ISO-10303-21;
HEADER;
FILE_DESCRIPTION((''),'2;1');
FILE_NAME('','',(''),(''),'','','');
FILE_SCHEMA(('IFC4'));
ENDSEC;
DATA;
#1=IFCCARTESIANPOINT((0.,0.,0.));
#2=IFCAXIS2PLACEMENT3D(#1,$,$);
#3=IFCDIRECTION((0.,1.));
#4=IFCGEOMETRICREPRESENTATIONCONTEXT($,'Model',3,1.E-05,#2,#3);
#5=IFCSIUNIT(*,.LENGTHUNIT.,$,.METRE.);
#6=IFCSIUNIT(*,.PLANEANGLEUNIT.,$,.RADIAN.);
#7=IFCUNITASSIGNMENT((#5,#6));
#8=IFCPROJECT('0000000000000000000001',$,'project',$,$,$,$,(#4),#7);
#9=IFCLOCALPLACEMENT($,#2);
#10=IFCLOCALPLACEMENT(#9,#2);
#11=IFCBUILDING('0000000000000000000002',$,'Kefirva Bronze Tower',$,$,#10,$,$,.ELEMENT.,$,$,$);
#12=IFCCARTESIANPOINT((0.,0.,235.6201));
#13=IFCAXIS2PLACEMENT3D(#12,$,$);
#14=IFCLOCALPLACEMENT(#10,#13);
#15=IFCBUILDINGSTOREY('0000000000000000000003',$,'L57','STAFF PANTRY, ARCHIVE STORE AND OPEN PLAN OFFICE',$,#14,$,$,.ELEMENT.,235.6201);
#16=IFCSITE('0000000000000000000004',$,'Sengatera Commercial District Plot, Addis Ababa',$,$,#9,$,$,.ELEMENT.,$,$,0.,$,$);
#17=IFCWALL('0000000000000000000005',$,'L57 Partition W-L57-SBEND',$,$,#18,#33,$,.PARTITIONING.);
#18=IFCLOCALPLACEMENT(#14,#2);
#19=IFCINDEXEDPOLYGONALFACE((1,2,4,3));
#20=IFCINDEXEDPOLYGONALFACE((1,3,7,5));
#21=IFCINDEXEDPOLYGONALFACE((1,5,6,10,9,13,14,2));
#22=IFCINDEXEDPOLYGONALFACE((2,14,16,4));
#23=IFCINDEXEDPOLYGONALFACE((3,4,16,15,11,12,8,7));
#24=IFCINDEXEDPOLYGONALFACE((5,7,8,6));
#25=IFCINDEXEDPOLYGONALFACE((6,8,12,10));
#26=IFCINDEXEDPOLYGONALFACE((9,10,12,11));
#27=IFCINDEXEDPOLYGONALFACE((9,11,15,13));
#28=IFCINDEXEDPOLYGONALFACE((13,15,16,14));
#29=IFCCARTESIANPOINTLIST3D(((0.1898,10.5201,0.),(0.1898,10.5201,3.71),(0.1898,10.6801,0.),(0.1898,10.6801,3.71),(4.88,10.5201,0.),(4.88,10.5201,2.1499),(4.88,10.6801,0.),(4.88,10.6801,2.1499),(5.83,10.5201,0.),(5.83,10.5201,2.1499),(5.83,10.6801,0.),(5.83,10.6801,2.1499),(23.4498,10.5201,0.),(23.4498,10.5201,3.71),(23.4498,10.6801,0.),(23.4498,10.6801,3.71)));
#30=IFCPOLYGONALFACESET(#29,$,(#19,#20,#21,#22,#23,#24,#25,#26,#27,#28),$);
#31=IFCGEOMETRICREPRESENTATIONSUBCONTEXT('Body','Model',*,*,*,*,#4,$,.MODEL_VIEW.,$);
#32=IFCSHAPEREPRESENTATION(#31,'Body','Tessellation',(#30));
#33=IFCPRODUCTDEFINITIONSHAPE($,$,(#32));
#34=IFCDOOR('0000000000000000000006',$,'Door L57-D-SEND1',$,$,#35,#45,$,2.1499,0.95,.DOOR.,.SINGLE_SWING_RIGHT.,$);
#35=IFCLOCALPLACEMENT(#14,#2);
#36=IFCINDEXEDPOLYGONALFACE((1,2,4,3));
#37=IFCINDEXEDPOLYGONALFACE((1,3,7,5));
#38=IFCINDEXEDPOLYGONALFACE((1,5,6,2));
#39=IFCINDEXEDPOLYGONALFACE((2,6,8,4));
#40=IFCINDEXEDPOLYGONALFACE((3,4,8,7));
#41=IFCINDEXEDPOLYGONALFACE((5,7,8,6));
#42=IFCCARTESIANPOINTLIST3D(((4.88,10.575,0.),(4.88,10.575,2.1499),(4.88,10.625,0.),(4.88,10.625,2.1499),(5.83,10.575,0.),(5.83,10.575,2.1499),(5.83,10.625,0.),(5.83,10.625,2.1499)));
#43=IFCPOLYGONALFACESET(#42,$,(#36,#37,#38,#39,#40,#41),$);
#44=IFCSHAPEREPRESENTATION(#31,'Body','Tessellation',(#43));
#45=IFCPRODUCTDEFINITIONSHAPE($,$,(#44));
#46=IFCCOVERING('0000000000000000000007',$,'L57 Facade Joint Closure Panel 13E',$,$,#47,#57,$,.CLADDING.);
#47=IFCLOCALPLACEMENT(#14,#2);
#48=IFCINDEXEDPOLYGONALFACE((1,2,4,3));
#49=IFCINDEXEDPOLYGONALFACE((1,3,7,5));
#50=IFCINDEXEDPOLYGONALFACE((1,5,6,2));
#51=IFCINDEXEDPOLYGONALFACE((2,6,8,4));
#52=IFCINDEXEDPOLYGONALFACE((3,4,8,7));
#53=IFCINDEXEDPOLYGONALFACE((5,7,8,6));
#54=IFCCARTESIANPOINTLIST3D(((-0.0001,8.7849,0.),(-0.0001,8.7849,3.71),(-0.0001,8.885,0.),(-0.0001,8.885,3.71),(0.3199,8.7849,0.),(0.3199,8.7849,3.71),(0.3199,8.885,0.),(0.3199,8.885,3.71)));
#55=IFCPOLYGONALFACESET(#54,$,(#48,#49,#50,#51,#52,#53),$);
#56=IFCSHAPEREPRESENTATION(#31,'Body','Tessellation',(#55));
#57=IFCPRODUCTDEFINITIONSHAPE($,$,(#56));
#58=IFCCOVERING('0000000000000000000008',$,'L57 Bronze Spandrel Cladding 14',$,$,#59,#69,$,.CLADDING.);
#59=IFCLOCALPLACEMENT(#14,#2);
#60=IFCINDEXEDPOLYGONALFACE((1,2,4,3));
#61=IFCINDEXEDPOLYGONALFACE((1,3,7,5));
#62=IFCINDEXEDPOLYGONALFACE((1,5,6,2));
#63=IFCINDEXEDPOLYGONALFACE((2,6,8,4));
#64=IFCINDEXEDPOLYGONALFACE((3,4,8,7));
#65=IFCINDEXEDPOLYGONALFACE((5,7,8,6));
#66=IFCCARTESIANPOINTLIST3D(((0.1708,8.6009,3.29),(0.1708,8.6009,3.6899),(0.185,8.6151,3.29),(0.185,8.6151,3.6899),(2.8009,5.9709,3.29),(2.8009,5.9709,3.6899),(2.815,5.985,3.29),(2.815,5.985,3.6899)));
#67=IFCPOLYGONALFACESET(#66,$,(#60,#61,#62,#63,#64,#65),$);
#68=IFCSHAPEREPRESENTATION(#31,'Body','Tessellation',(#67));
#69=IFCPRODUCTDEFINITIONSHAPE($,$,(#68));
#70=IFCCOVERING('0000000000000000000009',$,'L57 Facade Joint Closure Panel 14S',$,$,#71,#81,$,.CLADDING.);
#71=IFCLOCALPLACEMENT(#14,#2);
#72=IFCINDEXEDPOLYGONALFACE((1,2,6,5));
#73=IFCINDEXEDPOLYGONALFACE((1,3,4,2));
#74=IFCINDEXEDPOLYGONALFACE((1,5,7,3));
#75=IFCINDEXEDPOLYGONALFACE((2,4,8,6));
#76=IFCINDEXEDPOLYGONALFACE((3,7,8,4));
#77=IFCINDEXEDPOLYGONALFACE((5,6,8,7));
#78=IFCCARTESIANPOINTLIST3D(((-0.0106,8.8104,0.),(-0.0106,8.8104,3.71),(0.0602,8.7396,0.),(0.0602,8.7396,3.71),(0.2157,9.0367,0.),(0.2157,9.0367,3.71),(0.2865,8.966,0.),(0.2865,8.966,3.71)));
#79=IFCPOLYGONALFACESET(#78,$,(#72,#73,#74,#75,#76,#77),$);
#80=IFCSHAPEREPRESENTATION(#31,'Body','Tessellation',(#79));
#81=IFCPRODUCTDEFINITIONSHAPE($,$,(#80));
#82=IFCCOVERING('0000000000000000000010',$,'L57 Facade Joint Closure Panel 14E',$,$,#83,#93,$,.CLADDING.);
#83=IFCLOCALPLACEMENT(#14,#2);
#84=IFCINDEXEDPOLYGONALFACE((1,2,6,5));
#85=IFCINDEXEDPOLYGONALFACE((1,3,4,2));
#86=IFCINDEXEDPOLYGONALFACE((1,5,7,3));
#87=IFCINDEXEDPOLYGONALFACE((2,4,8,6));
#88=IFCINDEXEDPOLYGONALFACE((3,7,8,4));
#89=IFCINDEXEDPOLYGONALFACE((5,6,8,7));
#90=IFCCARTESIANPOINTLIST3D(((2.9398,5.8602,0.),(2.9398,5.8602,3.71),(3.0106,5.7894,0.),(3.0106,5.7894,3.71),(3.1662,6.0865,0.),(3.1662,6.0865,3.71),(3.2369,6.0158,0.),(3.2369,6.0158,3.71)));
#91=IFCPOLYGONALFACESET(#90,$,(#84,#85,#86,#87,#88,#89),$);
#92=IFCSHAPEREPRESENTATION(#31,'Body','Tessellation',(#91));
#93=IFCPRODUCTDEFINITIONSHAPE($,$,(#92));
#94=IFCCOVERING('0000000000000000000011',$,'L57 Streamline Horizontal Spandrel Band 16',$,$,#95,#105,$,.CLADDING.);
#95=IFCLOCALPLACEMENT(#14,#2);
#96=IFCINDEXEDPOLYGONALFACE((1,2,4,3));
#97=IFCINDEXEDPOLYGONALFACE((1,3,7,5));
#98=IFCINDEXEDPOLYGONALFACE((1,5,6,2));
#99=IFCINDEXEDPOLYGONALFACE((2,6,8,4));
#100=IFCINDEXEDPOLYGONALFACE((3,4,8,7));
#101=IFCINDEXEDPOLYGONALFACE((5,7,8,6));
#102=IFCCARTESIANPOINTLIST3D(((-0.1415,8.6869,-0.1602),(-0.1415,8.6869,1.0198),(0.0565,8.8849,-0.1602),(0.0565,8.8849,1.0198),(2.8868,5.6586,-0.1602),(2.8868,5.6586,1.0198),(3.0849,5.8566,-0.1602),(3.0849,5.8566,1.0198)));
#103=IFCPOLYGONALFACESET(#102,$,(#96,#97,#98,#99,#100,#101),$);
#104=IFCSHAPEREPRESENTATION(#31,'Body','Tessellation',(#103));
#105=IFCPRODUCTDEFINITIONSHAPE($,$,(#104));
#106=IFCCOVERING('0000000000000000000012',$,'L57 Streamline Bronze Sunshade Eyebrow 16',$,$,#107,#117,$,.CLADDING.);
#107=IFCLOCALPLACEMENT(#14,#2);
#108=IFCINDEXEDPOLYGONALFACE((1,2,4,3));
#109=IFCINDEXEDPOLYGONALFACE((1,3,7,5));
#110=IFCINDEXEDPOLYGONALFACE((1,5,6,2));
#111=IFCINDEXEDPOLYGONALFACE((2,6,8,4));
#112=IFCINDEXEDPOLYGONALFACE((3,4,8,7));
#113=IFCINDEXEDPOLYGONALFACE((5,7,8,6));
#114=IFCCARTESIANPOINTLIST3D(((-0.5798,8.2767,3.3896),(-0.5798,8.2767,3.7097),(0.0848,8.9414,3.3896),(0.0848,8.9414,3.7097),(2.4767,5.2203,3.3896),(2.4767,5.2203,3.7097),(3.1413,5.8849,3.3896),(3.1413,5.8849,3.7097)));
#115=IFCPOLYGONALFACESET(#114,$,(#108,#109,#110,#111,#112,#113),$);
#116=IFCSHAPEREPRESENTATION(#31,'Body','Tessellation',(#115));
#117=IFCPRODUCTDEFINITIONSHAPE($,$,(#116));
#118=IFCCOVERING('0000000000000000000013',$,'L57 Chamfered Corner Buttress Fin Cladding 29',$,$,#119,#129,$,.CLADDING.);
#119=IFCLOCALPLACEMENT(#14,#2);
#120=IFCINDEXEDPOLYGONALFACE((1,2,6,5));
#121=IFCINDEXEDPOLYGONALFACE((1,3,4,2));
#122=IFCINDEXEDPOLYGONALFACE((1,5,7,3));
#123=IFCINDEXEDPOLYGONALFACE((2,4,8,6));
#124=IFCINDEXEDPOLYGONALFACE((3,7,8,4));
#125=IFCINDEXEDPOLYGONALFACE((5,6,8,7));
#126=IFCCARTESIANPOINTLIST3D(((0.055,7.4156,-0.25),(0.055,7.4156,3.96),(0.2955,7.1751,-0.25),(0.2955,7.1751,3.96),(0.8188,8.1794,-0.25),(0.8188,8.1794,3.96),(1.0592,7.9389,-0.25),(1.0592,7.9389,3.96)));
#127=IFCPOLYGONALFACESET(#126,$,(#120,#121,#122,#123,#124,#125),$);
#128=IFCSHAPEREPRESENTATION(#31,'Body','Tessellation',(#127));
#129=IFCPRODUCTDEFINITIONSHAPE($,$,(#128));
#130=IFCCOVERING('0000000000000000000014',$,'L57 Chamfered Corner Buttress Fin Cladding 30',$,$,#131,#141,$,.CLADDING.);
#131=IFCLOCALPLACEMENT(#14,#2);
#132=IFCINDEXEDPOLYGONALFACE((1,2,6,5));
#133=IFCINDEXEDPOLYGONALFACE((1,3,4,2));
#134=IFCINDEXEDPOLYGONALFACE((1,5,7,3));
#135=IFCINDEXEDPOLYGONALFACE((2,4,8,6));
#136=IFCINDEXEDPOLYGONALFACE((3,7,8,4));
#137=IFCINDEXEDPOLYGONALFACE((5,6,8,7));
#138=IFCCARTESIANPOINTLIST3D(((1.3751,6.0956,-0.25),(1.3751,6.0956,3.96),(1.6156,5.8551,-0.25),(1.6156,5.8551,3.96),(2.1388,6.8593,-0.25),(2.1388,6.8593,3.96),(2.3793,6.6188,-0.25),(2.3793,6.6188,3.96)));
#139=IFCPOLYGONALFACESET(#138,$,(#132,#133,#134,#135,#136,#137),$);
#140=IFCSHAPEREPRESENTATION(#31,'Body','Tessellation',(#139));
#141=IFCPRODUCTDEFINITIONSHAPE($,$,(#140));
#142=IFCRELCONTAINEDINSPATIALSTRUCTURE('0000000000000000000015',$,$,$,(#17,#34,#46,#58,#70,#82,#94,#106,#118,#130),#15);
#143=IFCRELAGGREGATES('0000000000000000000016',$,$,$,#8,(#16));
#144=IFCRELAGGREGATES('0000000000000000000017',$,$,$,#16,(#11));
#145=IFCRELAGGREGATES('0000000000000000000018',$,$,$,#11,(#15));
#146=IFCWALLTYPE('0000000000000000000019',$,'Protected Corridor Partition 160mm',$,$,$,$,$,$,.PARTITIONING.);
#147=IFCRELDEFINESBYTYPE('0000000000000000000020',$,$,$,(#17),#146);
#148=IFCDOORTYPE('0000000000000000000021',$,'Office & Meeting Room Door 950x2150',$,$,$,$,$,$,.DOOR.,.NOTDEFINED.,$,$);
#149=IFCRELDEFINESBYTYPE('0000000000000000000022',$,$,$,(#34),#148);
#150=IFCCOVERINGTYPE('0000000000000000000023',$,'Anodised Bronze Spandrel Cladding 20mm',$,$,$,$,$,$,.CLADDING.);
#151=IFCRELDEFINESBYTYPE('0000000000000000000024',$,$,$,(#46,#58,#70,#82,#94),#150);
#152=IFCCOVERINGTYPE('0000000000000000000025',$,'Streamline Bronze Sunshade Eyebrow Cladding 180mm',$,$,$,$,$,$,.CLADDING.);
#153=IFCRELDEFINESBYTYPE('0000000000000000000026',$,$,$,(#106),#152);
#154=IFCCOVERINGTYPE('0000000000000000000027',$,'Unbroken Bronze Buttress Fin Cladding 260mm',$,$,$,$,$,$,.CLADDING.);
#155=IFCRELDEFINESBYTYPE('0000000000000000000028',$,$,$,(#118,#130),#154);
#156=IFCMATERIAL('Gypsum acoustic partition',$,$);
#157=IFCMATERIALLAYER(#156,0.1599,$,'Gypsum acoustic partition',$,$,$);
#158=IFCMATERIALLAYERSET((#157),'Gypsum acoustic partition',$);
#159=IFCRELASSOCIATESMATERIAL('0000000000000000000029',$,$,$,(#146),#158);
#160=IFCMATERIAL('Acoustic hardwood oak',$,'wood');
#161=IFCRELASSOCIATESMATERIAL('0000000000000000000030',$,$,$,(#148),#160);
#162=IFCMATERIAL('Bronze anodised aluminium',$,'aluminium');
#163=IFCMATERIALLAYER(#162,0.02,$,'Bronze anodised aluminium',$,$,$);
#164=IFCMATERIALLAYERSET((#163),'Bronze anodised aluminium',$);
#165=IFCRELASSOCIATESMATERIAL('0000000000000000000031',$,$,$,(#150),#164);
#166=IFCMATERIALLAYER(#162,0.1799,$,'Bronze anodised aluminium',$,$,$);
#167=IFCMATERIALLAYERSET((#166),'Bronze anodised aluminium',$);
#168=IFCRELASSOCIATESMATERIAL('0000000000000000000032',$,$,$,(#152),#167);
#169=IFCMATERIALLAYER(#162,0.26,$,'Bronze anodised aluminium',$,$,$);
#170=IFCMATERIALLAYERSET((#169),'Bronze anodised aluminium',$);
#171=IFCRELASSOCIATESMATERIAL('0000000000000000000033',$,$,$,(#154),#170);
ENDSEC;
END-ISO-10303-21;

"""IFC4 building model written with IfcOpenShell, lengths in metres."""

from ifc_helpers import new_model, si_unit, direction, frame, frame_2d, origin, origin_2d, place, context, subcontext, project, spatial, rectangle, extrude, material, layer, layer_set, type_object, element, fill, save


model = new_model("IFC4")

# Units and contexts
model_context = context("Model", 3, precision=1e-05, world=origin(), true_north=direction((0.0, 1.0)))
body_context = subcontext(model_context, "Body", "Model", "MODEL_VIEW")
ifc_project = project(units=[si_unit("LENGTHUNIT", "METRE"), si_unit("PLANEANGLEUNIT", "RADIAN")], contexts=[model_context])

# Site, building, storey
site_placement = place(None, origin())
site = spatial("IfcSite", under=ifc_project, at=site_placement, Name="Sengatera Commercial District Plot, Addis Ababa", CompositionType="ELEMENT", RefElevation=0.0)
building_placement = place(site_placement, origin())
building = spatial("IfcBuilding", under=site, at=building_placement, Name="Kefirva Bronze Tower", CompositionType="ELEMENT")
storey_placement = place(building_placement, frame((0.0, 0.0, 235.6201)))
storey = spatial("IfcBuildingStorey", under=building, at=storey_placement, Name="L57", Description="STAFF PANTRY, ARCHIVE STORE AND OPEN PLAN OFFICE", CompositionType="ELEMENT", Elevation=235.6201)

# Shared definitions
ifc_material_1 = material(Name="Bronze anodised aluminium", Category="aluminium")

# Wall, opening, door
ifc_material_2 = material(Name="Gypsum acoustic partition")
ifc_layer_1 = layer(ifc_material_2, 0.1599, Name="Gypsum acoustic partition")
ifc_layer_set_1 = layer_set([ifc_layer_1], Name="Gypsum acoustic partition")
wall_type_1 = type_object("IfcWallType", Name="Protected Corridor Partition 160mm", PredefinedType="PARTITIONING", material=ifc_layer_set_1)
wall_1_placement = place(storey_placement, frame((0.1899, 10.6001, 0.0), z_axis=(0.0, 0.0, 1.0), x_axis=(1.0, 0.0, 0.0)))
wall_1 = element("IfcWall", 1, at=wall_1_placement, inside=storey, type_object=wall_type_1, Name="L57 Partition W-L57-SBEND", PredefinedType="PARTITIONING", context=body_context, shape_type="SweptSolid", body=[
    extrude(rectangle(XDim=23.26, YDim=0.1599, at=frame_2d((11.6299, 0.0))), origin(), (0.0, 0.0, 1.0), 3.71),
])
opening_placement = place(wall_1_placement, frame((4.6899, 0.0, 0.0)))
opening = element("IfcOpeningElement", 2, at=opening_placement, cuts=wall_1, PredefinedType="OPENING", context=body_context, shape_type="SweptSolid", body=[
    extrude(rectangle(XDim=0.95, YDim=2.1499, at=frame_2d((0.4751, 1.075))), frame((0.0, 0.0898, 0.0), z_axis=(0.0, -1.0, 0.0), x_axis=(1.0, 0.0, 0.0)), (0.0, 0.0, 1.0), 0.1799),
])
ifc_material_3 = material(Name="Acoustic hardwood oak", Category="wood")
door_type = type_object("IfcDoorType", Name="Office & Meeting Room Door 950x2150", OperationType="NOTDEFINED", PredefinedType="DOOR", material=ifc_material_3)
door_placement = place(opening_placement, origin())
door = element("IfcDoor", 3, at=door_placement, inside=storey, type_object=door_type, Name="Door L57-D-SEND1", OperationType="SINGLE_SWING_RIGHT", OverallHeight=2.1499, OverallWidth=0.95, PredefinedType="DOOR", context=body_context, shape_type="SweptSolid", body=[
    extrude(rectangle(XDim=0.95, YDim=2.1499, at=frame_2d((0.4751, 1.075))), frame((0.0, 0.0249, 0.0), z_axis=(0.0, -1.0, 0.0), x_axis=(1.0, 0.0, 0.0)), (0.0, 0.0, 1.0), 0.05),
])
fill(opening, door)

# Coverings
ifc_layer_2 = layer(ifc_material_1, 0.02, Name="Bronze anodised aluminium")
ifc_layer_set_2 = layer_set([ifc_layer_2], Name="Bronze anodised aluminium")
covering_type_1 = type_object("IfcCoveringType", Name="Anodised Bronze Spandrel Cladding 20mm", PredefinedType="CLADDING", material=ifc_layer_set_2)
covering_1_placement = place(storey_placement, frame((0.1599, 8.835, 0.0), z_axis=(0.0, 0.0, 1.0), x_axis=(0.0, -1.0, 0.0)))
element("IfcCovering", 4, at=covering_1_placement, inside=storey, type_object=covering_type_1, Name="L57 Facade Joint Closure Panel 13E", PredefinedType="CLADDING", context=body_context, shape_type="SweptSolid", body=[
    extrude(rectangle(XDim=0.1001, YDim=0.3201, at=origin_2d()), origin(), (0.0, 0.0, 1.0), 3.71),
])
covering_2_placement = place(storey_placement, frame((1.4929, 7.293, 3.29), z_axis=(0.0, 0.0, 1.0), x_axis=(0.707107, -0.707107, 0.0)))
element("IfcCovering", 5, at=covering_2_placement, inside=storey, type_object=covering_type_1, Name="L57 Bronze Spandrel Cladding 14", PredefinedType="CLADDING", context=body_context, shape_type="SweptSolid", body=[
    extrude(rectangle(XDim=3.7195, YDim=0.02, at=origin_2d()), origin(), (0.0, 0.0, 1.0), 0.3999),
])
for number, where, z_axis, x_axis, name in (
    (6, (0.1379, 8.8882, 0.0), (0.0, 0.0, 1.0), (0.707107, -0.707107, 0.0), "L57 Facade Joint Closure Panel 14S"),
    (7, (3.0884, 5.938, 0.0), (0.0, 0.0, 1.0), (0.707107, -0.707107, 0.0), "L57 Facade Joint Closure Panel 14E"),
):
    element("IfcCovering", number, at=place(storey_placement, frame(where, z_axis=z_axis, x_axis=x_axis)), inside=storey, type_object=covering_type_1, Name=name, PredefinedType="CLADDING", context=body_context, shape_type="SweptSolid", body=[
        extrude(rectangle(XDim=0.1001, YDim=0.3201, at=origin_2d()), origin(), (0.0, 0.0, 1.0), 3.71),
    ])
covering_3_placement = place(storey_placement, frame((1.4717, 7.2717, -0.1602), z_axis=(0.0, 0.0, 1.0), x_axis=(0.707107, -0.707107, 0.0)))
element("IfcCovering", 8, at=covering_3_placement, inside=storey, type_object=covering_type_1, Name="L57 Streamline Horizontal Spandrel Band 16", PredefinedType="CLADDING", context=body_context, shape_type="SweptSolid", body=[
    extrude(rectangle(XDim=4.2827, YDim=0.28, at=origin_2d()), origin(), (0.0, 0.0, 1.0), 1.1799),
])
ifc_layer_3 = layer(ifc_material_1, 0.1799, Name="Bronze anodised aluminium")
ifc_layer_set_3 = layer_set([ifc_layer_3], Name="Bronze anodised aluminium")
covering_type_2 = type_object("IfcCoveringType", Name="Streamline Bronze Sunshade Eyebrow Cladding 180mm", PredefinedType="CLADDING", material=ifc_layer_set_3)
covering_4_placement = place(storey_placement, frame((1.2808, 7.0808, 3.3896), z_axis=(0.0, 0.0, 1.0), x_axis=(0.707107, -0.707107, 0.0)))
element("IfcCovering", 9, at=covering_4_placement, inside=storey, type_object=covering_type_2, Name="L57 Streamline Bronze Sunshade Eyebrow 16", PredefinedType="CLADDING", context=body_context, shape_type="SweptSolid", body=[
    extrude(rectangle(XDim=4.3225, YDim=0.9399, at=origin_2d()), origin(), (0.0, 0.0, 1.0), 0.3201),
])
ifc_layer_4 = layer(ifc_material_1, 0.26, Name="Bronze anodised aluminium")
ifc_layer_set_4 = layer_set([ifc_layer_4], Name="Bronze anodised aluminium")
covering_type_3 = type_object("IfcCoveringType", Name="Unbroken Bronze Buttress Fin Cladding 260mm", PredefinedType="CLADDING", material=ifc_layer_set_4)
for number, where, z_axis, x_axis, name in (
    (10, (0.5571, 7.6772, -0.25), (0.0, 0.0, 1.0), (0.707107, -0.707107, 0.0), "L57 Chamfered Corner Buttress Fin Cladding 29"),
    (11, (1.8772, 6.3572, -0.25), (0.0, 0.0, 1.0), (0.707107, -0.707107, 0.0), "L57 Chamfered Corner Buttress Fin Cladding 30"),
):
    element("IfcCovering", number, at=place(storey_placement, frame(where, z_axis=z_axis, x_axis=x_axis)), inside=storey, type_object=covering_type_3, Name=name, PredefinedType="CLADDING", context=body_context, shape_type="SweptSolid", body=[
        extrude(rectangle(XDim=0.3401, YDim=1.0801, at=origin_2d()), origin(), (0.0, 0.0, 1.0), 4.21),
    ])

save(model, "model.ifc")
